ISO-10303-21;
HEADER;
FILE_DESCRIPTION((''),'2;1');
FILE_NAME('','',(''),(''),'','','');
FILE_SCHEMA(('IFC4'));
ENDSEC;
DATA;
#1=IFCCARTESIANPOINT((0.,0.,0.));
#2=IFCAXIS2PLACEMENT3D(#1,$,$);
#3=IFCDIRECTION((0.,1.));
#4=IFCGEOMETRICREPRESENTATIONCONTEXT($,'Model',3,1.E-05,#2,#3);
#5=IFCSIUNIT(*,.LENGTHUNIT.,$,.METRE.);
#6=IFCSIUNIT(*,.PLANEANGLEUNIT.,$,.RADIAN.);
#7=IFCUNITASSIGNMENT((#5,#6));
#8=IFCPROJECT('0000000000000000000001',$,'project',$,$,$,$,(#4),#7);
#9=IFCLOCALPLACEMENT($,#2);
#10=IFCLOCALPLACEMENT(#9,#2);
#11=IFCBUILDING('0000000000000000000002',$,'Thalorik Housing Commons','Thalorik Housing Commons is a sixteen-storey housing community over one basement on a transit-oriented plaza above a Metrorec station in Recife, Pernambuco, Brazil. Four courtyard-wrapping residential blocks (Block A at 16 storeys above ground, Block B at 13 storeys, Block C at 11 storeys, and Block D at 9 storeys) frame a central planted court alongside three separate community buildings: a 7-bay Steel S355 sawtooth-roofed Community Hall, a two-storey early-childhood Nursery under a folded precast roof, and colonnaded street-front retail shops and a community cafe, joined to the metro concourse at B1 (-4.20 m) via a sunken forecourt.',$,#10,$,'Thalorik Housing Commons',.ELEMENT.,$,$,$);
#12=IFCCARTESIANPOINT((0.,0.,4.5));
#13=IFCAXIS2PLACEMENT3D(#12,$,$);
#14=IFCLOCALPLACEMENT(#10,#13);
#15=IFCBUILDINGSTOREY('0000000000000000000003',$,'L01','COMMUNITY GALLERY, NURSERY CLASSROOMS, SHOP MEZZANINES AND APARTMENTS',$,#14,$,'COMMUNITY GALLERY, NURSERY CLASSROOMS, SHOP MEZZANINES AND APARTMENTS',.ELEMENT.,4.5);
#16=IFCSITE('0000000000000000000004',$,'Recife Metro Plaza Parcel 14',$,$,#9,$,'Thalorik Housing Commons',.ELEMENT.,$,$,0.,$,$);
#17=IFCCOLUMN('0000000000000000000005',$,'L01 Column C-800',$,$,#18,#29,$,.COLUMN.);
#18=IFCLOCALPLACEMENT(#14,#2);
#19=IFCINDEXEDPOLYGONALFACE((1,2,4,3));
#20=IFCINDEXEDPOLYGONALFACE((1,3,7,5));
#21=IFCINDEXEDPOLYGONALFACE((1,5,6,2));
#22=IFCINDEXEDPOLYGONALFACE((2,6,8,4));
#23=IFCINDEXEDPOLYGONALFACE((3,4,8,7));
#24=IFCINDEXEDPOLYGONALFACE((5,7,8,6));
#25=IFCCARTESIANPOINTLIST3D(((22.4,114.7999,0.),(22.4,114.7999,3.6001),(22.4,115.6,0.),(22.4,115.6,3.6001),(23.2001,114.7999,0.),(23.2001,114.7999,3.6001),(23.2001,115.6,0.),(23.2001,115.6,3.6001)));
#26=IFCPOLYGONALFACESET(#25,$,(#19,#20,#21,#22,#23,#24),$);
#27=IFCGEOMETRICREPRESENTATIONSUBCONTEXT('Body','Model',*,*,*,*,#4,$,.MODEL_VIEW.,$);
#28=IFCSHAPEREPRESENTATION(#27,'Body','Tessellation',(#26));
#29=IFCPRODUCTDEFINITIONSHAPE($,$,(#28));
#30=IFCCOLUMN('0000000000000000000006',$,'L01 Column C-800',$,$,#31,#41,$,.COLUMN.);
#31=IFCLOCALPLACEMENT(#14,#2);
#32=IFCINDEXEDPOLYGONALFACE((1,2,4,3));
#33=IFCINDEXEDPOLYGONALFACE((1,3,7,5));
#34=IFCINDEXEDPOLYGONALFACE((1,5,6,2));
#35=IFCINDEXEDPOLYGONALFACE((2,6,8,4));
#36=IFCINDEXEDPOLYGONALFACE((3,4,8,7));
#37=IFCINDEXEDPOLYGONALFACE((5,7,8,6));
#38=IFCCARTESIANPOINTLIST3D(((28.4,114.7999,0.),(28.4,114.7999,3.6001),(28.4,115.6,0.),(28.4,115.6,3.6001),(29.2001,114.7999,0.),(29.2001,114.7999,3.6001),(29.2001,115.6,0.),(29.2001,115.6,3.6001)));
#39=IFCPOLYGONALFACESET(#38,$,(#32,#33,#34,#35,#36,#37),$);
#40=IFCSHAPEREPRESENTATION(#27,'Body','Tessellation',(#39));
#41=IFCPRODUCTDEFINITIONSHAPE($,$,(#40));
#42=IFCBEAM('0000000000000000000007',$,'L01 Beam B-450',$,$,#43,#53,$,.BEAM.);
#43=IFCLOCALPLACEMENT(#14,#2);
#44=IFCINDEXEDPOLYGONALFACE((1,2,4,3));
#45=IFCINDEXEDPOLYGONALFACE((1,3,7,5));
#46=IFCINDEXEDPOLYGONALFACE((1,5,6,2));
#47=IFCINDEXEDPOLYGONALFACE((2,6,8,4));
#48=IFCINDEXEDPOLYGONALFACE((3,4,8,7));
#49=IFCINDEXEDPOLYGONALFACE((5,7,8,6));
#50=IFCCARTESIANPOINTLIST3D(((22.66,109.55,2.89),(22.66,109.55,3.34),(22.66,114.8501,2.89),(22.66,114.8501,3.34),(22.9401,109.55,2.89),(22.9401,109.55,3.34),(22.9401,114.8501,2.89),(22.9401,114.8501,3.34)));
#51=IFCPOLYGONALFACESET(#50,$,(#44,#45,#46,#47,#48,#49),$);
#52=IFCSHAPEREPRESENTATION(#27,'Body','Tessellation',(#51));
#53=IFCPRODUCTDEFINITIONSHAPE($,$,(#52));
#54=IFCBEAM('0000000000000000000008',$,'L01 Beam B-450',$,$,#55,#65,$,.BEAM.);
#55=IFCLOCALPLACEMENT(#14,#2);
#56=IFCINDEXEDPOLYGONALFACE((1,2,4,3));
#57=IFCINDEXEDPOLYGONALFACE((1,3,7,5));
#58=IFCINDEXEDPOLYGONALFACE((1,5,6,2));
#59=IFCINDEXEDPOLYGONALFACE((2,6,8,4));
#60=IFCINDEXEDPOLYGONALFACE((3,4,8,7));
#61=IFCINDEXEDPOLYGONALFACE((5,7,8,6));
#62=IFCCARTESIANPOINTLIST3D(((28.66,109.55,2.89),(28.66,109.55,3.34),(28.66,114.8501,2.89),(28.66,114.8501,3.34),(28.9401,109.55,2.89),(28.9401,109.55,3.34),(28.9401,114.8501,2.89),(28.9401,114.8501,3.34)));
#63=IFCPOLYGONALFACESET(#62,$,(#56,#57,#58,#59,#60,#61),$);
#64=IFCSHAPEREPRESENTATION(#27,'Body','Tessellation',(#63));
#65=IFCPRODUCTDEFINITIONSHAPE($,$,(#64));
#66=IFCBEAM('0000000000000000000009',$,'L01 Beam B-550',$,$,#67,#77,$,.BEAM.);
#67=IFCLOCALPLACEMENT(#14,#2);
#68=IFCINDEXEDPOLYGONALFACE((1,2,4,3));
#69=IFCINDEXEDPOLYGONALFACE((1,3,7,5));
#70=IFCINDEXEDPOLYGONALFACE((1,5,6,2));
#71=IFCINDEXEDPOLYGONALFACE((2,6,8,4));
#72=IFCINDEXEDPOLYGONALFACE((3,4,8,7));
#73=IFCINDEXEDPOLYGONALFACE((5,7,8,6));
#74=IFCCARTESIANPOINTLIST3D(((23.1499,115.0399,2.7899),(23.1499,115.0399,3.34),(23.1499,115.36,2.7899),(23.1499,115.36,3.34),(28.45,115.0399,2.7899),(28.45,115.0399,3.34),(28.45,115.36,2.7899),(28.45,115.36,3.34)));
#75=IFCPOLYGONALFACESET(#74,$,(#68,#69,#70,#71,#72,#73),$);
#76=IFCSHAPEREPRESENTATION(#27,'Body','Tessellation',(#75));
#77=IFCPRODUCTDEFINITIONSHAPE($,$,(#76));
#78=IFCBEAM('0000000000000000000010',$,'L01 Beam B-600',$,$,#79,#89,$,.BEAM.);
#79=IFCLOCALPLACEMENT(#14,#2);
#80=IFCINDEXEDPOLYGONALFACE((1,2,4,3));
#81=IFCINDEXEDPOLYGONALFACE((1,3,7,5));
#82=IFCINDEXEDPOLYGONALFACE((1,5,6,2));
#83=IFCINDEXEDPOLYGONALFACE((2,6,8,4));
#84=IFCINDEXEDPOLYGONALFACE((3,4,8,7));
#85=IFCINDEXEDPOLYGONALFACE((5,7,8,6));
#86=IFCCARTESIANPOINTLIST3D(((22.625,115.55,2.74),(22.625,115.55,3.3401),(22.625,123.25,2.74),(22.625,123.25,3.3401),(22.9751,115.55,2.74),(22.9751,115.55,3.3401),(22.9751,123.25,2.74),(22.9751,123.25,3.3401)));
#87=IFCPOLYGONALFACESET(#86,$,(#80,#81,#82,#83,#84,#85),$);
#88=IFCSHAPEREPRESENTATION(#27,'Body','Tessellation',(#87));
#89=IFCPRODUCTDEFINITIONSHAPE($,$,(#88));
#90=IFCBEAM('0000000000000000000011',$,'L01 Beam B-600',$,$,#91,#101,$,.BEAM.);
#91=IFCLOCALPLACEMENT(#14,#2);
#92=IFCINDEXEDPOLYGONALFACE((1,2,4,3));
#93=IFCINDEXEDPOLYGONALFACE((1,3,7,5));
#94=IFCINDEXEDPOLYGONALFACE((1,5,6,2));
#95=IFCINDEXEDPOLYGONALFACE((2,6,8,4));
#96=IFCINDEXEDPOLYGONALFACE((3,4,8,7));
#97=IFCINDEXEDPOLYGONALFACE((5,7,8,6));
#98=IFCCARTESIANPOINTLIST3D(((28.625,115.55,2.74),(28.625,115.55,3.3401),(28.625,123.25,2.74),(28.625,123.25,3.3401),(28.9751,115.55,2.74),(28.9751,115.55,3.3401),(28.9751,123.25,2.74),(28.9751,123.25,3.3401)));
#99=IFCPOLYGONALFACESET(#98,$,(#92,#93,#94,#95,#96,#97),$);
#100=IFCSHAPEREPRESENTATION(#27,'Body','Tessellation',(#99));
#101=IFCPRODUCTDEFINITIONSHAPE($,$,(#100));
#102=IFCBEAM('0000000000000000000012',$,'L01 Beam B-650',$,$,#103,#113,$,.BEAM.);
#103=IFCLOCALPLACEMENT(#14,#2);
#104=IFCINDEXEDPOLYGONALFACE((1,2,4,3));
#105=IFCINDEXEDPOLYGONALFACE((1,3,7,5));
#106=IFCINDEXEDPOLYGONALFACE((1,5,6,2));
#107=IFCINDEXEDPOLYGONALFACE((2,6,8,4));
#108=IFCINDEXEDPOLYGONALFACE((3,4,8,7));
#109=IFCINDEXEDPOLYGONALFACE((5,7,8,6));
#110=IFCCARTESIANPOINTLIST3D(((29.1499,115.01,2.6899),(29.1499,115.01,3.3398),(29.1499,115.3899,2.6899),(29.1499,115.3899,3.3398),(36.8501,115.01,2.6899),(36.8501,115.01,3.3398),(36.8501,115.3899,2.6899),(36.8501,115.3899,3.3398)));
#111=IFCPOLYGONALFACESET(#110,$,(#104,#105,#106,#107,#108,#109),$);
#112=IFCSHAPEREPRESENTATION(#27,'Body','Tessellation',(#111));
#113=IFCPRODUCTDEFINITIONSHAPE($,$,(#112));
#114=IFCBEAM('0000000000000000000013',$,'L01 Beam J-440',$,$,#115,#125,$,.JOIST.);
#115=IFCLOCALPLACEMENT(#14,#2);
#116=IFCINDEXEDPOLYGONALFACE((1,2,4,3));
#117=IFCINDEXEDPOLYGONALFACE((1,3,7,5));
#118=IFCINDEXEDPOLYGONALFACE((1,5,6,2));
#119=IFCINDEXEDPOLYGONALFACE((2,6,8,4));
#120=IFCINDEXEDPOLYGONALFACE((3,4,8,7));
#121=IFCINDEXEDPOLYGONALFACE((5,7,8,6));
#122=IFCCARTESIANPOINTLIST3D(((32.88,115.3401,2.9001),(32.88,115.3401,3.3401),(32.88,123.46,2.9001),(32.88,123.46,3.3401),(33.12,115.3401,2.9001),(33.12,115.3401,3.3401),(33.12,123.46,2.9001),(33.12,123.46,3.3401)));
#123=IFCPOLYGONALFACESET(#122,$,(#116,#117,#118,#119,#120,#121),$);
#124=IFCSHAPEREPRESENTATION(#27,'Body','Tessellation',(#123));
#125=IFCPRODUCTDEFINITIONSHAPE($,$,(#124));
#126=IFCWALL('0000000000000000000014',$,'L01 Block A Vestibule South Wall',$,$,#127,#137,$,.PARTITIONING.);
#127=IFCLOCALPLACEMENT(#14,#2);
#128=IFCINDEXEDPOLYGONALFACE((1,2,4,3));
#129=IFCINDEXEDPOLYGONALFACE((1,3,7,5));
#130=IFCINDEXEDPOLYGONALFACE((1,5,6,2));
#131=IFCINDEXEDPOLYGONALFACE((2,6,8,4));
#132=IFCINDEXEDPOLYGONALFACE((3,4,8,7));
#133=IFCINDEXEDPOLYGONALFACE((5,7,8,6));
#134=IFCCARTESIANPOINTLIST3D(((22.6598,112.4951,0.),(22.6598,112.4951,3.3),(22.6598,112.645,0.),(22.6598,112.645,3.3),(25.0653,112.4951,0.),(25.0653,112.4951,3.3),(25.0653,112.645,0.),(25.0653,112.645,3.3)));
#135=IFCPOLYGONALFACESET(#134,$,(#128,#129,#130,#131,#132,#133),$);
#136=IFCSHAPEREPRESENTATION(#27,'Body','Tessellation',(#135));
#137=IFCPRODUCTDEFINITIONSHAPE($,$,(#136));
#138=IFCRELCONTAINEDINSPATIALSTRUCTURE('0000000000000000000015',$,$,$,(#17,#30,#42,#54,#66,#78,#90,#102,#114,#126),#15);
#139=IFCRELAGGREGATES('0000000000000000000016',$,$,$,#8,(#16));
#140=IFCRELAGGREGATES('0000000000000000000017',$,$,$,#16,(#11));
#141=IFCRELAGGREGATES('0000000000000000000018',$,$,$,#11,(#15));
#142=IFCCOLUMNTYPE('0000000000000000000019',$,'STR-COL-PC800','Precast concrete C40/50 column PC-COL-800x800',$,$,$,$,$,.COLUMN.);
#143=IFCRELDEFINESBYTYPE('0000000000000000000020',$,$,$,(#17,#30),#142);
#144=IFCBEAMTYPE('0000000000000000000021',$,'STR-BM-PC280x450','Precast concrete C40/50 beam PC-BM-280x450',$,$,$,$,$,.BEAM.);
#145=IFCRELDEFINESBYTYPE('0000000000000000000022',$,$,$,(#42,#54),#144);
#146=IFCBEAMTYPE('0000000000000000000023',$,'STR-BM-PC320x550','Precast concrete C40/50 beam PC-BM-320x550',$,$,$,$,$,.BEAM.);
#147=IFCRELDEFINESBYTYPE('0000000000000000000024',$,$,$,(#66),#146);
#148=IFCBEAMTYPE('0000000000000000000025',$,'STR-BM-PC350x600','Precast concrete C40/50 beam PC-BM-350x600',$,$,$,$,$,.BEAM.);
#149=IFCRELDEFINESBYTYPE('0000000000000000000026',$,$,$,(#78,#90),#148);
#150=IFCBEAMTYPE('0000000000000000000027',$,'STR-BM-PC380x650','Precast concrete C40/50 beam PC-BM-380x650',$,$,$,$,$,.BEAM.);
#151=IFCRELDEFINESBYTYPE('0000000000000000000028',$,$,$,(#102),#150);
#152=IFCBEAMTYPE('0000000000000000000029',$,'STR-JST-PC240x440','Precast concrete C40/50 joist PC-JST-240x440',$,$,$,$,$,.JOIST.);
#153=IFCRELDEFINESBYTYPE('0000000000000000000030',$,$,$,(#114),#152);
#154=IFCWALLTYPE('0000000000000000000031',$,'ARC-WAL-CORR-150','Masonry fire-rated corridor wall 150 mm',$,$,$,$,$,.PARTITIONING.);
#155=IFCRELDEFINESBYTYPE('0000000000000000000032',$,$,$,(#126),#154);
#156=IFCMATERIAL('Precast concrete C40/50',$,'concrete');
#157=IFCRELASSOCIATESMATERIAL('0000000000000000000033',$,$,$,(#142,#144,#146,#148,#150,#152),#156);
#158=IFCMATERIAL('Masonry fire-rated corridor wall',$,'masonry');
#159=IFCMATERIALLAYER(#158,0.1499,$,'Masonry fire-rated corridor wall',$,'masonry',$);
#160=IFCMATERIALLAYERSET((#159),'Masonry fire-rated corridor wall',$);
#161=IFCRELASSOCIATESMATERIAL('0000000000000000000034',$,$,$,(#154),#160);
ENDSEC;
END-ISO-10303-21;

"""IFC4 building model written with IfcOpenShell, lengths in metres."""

from ifc_helpers import new_model, si_unit, direction, frame, frame_2d, origin, origin_2d, place, context, subcontext, project, spatial, rectangle, extrude, material, layer, layer_set, material_profile, profile_set, type_object, element, save


model = new_model("IFC4")

# Units and contexts
model_context = context("Model", 3, precision=1e-05, world=origin(), true_north=direction((0.0, 1.0)))
body_context = subcontext(model_context, "Body", "Model", "MODEL_VIEW")
ifc_project = project(units=[si_unit("LENGTHUNIT", "METRE"), si_unit("PLANEANGLEUNIT", "RADIAN")], contexts=[model_context])

# Site, building, storey
site_placement = place(None, origin())
site = spatial("IfcSite", under=ifc_project, at=site_placement, Name="Recife Metro Plaza Parcel 14", LongName="Thalorik Housing Commons", CompositionType="ELEMENT", RefElevation=0.0)
building_placement = place(site_placement, origin())
building = spatial("IfcBuilding", under=site, at=building_placement, Name="Thalorik Housing Commons", Description="Thalorik Housing Commons is a sixteen-storey housing community over one basement on a transit-oriented plaza above a Metrorec station in Recife, Pernambuco, Brazil. Four courtyard-wrapping residential blocks (Block A at 16 storeys above ground, Block B at 13 storeys, Block C at 11 storeys, and Block D at 9 storeys) frame a central planted court alongside three separate community buildings: a 7-bay Steel S355 sawtooth-roofed Community Hall, a two-storey early-childhood Nursery under a folded precast roof, and colonnaded street-front retail shops and a community cafe, joined to the metro concourse at B1 (-4.20 m) via a sunken forecourt.", LongName="Thalorik Housing Commons", CompositionType="ELEMENT")
storey_placement = place(building_placement, frame((0.0, 0.0, 4.5)))
storey = spatial("IfcBuildingStorey", under=building, at=storey_placement, Name="L01", Description="COMMUNITY GALLERY, NURSERY CLASSROOMS, SHOP MEZZANINES AND APARTMENTS", LongName="COMMUNITY GALLERY, NURSERY CLASSROOMS, SHOP MEZZANINES AND APARTMENTS", CompositionType="ELEMENT", Elevation=4.5)

# Columns
ifc_material_1 = material(Name="Precast concrete C40/50", Category="concrete")
ifc_material_profile_1 = material_profile(ifc_material_1, rectangle(XDim=0.8, YDim=0.8, at=origin_2d()), Name="PC 800x800", Category="concrete")
ifc_profile_set_1 = profile_set([ifc_material_profile_1], Name="Precast concrete C40/50")
column_type = type_object("IfcColumnType", Name="STR-COL-PC800", Description="Precast concrete C40/50 column PC-COL-800x800", PredefinedType="COLUMN", material=ifc_profile_set_1)
for number, where, z_axis, x_axis, name in (
    (1, (22.8, 115.2, 0.0), (0.0, 0.0, 1.0), (1.0, 0.0, 0.0), "L01 Column C-800"),
    (2, (28.8, 115.2, 0.0), (0.0, 0.0, 1.0), (1.0, 0.0, 0.0), "L01 Column C-800"),
):
    element("IfcColumn", number, at=place(storey_placement, frame(where, z_axis=z_axis, x_axis=x_axis)), inside=storey, type_object=column_type, Name=name, PredefinedType="COLUMN", context=body_context, shape_type="SweptSolid", body=[
        extrude(rectangle(XDim=0.8, YDim=0.8, at=origin_2d()), origin(), (0.0, 0.0, 1.0), 3.6001),
    ])

# Beams
ifc_material_profile_2 = material_profile(ifc_material_1, rectangle(XDim=0.28, YDim=0.45, at=origin_2d()), Name="PC 280x450", Category="concrete")
ifc_profile_set_2 = profile_set([ifc_material_profile_2], Name="Precast concrete C40/50")
beam_type_1 = type_object("IfcBeamType", Name="STR-BM-PC280x450", Description="Precast concrete C40/50 beam PC-BM-280x450", PredefinedType="BEAM", material=ifc_profile_set_2)
for number, where, z_axis, x_axis, name in (
    (3, (22.8, 109.55, 3.115), (0.0, 1.0, 0.0), (-1.0, 0.0, 0.0), "L01 Beam B-450"),
    (4, (28.8, 109.55, 3.115), (0.0, 1.0, 0.0), (-1.0, 0.0, 0.0), "L01 Beam B-450"),
):
    element("IfcBeam", number, at=place(storey_placement, frame(where, z_axis=z_axis, x_axis=x_axis)), inside=storey, type_object=beam_type_1, Name=name, PredefinedType="BEAM", context=body_context, shape_type="SweptSolid", body=[
        extrude(rectangle(XDim=0.28, YDim=0.45, at=origin_2d()), origin(), (0.0, 0.0, 1.0), 5.3),
    ])
ifc_material_profile_3 = material_profile(ifc_material_1, rectangle(XDim=0.3201, YDim=0.55, at=origin_2d()), Name="PC 320x550", Category="concrete")
ifc_profile_set_3 = profile_set([ifc_material_profile_3], Name="Precast concrete C40/50")
beam_type_2 = type_object("IfcBeamType", Name="STR-BM-PC320x550", Description="Precast concrete C40/50 beam PC-BM-320x550", PredefinedType="BEAM", material=ifc_profile_set_3)
beam_1_placement = place(storey_placement, frame((23.1499, 115.2, 3.0649), z_axis=(1.0, 0.0, 0.0), x_axis=(0.0, 1.0, 0.0)))
element("IfcBeam", 5, at=beam_1_placement, inside=storey, type_object=beam_type_2, Name="L01 Beam B-550", PredefinedType="BEAM", context=body_context, shape_type="SweptSolid", body=[
    extrude(rectangle(XDim=0.3201, YDim=0.55, at=origin_2d()), origin(), (0.0, 0.0, 1.0), 5.3),
])
ifc_material_profile_4 = material_profile(ifc_material_1, rectangle(XDim=0.3501, YDim=0.6001, at=origin_2d()), Name="PC 350x600", Category="concrete")
ifc_profile_set_4 = profile_set([ifc_material_profile_4], Name="Precast concrete C40/50")
beam_type_3 = type_object("IfcBeamType", Name="STR-BM-PC350x600", Description="Precast concrete C40/50 beam PC-BM-350x600", PredefinedType="BEAM", material=ifc_profile_set_4)
for number, where, z_axis, x_axis, name in (
    (6, (22.8, 115.55, 3.04), (0.0, 1.0, 0.0), (-1.0, 0.0, 0.0), "L01 Beam B-600"),
    (7, (28.8, 115.55, 3.04), (0.0, 1.0, 0.0), (-1.0, 0.0, 0.0), "L01 Beam B-600"),
):
    element("IfcBeam", number, at=place(storey_placement, frame(where, z_axis=z_axis, x_axis=x_axis)), inside=storey, type_object=beam_type_3, Name=name, PredefinedType="BEAM", context=body_context, shape_type="SweptSolid", body=[
        extrude(rectangle(XDim=0.3501, YDim=0.6001, at=origin_2d()), origin(), (0.0, 0.0, 1.0), 7.7),
    ])
ifc_material_profile_5 = material_profile(ifc_material_1, rectangle(XDim=0.3799, YDim=0.6499, at=origin_2d()), Name="PC 380x650", Category="concrete")
ifc_profile_set_5 = profile_set([ifc_material_profile_5], Name="Precast concrete C40/50")
beam_type_4 = type_object("IfcBeamType", Name="STR-BM-PC380x650", Description="Precast concrete C40/50 beam PC-BM-380x650", PredefinedType="BEAM", material=ifc_profile_set_5)
beam_2_placement = place(storey_placement, frame((29.1499, 115.2, 3.0149), z_axis=(1.0, 0.0, 0.0), x_axis=(0.0, 1.0, 0.0)))
element("IfcBeam", 8, at=beam_2_placement, inside=storey, type_object=beam_type_4, Name="L01 Beam B-650", PredefinedType="BEAM", context=body_context, shape_type="SweptSolid", body=[
    extrude(rectangle(XDim=0.3799, YDim=0.6499, at=origin_2d()), origin(), (0.0, 0.0, 1.0), 7.7002),
])
ifc_material_profile_6 = material_profile(ifc_material_1, rectangle(XDim=0.24, YDim=0.4399, at=origin_2d()), Name="PC JST 240x440", Category="concrete")
ifc_profile_set_6 = profile_set([ifc_material_profile_6], Name="Precast concrete C40/50")
beam_type_5 = type_object("IfcBeamType", Name="STR-JST-PC240x440", Description="Precast concrete C40/50 joist PC-JST-240x440", PredefinedType="JOIST", material=ifc_profile_set_6)
beam_3_placement = place(storey_placement, frame((33.0, 115.3401, 3.1201), z_axis=(0.0, 1.0, 0.0), x_axis=(-1.0, 0.0, 0.0)))
element("IfcBeam", 9, at=beam_3_placement, inside=storey, type_object=beam_type_5, Name="L01 Beam J-440", PredefinedType="JOIST", context=body_context, shape_type="SweptSolid", body=[
    extrude(rectangle(XDim=0.24, YDim=0.4399, at=origin_2d()), origin(), (0.0, 0.0, 1.0), 8.1199),
])

# Wall
ifc_material_2 = material(Name="Masonry fire-rated corridor wall", Category="masonry")
ifc_layer_1 = layer(ifc_material_2, 0.1499, Name="Masonry fire-rated corridor wall", Category="masonry")
ifc_layer_set_1 = layer_set([ifc_layer_1], Name="Masonry fire-rated corridor wall")
wall_type_1 = type_object("IfcWallType", Name="ARC-WAL-CORR-150", Description="Masonry fire-rated corridor wall 150 mm", PredefinedType="PARTITIONING", material=ifc_layer_set_1)
wall_1_placement = place(storey_placement, frame((22.6599, 112.5701, 0.0), z_axis=(0.0, 0.0, 1.0), x_axis=(1.0, 0.0, 0.0)))
element("IfcWall", 10, at=wall_1_placement, inside=storey, type_object=wall_type_1, Name="L01 Block A Vestibule South Wall", PredefinedType="PARTITIONING", context=body_context, shape_type="SweptSolid", body=[
    extrude(rectangle(XDim=2.4055, YDim=0.1499, at=frame_2d((1.2026, 0.0))), origin(), (0.0, 0.0, 1.0), 3.3),
])

save(model, "model.ifc")
